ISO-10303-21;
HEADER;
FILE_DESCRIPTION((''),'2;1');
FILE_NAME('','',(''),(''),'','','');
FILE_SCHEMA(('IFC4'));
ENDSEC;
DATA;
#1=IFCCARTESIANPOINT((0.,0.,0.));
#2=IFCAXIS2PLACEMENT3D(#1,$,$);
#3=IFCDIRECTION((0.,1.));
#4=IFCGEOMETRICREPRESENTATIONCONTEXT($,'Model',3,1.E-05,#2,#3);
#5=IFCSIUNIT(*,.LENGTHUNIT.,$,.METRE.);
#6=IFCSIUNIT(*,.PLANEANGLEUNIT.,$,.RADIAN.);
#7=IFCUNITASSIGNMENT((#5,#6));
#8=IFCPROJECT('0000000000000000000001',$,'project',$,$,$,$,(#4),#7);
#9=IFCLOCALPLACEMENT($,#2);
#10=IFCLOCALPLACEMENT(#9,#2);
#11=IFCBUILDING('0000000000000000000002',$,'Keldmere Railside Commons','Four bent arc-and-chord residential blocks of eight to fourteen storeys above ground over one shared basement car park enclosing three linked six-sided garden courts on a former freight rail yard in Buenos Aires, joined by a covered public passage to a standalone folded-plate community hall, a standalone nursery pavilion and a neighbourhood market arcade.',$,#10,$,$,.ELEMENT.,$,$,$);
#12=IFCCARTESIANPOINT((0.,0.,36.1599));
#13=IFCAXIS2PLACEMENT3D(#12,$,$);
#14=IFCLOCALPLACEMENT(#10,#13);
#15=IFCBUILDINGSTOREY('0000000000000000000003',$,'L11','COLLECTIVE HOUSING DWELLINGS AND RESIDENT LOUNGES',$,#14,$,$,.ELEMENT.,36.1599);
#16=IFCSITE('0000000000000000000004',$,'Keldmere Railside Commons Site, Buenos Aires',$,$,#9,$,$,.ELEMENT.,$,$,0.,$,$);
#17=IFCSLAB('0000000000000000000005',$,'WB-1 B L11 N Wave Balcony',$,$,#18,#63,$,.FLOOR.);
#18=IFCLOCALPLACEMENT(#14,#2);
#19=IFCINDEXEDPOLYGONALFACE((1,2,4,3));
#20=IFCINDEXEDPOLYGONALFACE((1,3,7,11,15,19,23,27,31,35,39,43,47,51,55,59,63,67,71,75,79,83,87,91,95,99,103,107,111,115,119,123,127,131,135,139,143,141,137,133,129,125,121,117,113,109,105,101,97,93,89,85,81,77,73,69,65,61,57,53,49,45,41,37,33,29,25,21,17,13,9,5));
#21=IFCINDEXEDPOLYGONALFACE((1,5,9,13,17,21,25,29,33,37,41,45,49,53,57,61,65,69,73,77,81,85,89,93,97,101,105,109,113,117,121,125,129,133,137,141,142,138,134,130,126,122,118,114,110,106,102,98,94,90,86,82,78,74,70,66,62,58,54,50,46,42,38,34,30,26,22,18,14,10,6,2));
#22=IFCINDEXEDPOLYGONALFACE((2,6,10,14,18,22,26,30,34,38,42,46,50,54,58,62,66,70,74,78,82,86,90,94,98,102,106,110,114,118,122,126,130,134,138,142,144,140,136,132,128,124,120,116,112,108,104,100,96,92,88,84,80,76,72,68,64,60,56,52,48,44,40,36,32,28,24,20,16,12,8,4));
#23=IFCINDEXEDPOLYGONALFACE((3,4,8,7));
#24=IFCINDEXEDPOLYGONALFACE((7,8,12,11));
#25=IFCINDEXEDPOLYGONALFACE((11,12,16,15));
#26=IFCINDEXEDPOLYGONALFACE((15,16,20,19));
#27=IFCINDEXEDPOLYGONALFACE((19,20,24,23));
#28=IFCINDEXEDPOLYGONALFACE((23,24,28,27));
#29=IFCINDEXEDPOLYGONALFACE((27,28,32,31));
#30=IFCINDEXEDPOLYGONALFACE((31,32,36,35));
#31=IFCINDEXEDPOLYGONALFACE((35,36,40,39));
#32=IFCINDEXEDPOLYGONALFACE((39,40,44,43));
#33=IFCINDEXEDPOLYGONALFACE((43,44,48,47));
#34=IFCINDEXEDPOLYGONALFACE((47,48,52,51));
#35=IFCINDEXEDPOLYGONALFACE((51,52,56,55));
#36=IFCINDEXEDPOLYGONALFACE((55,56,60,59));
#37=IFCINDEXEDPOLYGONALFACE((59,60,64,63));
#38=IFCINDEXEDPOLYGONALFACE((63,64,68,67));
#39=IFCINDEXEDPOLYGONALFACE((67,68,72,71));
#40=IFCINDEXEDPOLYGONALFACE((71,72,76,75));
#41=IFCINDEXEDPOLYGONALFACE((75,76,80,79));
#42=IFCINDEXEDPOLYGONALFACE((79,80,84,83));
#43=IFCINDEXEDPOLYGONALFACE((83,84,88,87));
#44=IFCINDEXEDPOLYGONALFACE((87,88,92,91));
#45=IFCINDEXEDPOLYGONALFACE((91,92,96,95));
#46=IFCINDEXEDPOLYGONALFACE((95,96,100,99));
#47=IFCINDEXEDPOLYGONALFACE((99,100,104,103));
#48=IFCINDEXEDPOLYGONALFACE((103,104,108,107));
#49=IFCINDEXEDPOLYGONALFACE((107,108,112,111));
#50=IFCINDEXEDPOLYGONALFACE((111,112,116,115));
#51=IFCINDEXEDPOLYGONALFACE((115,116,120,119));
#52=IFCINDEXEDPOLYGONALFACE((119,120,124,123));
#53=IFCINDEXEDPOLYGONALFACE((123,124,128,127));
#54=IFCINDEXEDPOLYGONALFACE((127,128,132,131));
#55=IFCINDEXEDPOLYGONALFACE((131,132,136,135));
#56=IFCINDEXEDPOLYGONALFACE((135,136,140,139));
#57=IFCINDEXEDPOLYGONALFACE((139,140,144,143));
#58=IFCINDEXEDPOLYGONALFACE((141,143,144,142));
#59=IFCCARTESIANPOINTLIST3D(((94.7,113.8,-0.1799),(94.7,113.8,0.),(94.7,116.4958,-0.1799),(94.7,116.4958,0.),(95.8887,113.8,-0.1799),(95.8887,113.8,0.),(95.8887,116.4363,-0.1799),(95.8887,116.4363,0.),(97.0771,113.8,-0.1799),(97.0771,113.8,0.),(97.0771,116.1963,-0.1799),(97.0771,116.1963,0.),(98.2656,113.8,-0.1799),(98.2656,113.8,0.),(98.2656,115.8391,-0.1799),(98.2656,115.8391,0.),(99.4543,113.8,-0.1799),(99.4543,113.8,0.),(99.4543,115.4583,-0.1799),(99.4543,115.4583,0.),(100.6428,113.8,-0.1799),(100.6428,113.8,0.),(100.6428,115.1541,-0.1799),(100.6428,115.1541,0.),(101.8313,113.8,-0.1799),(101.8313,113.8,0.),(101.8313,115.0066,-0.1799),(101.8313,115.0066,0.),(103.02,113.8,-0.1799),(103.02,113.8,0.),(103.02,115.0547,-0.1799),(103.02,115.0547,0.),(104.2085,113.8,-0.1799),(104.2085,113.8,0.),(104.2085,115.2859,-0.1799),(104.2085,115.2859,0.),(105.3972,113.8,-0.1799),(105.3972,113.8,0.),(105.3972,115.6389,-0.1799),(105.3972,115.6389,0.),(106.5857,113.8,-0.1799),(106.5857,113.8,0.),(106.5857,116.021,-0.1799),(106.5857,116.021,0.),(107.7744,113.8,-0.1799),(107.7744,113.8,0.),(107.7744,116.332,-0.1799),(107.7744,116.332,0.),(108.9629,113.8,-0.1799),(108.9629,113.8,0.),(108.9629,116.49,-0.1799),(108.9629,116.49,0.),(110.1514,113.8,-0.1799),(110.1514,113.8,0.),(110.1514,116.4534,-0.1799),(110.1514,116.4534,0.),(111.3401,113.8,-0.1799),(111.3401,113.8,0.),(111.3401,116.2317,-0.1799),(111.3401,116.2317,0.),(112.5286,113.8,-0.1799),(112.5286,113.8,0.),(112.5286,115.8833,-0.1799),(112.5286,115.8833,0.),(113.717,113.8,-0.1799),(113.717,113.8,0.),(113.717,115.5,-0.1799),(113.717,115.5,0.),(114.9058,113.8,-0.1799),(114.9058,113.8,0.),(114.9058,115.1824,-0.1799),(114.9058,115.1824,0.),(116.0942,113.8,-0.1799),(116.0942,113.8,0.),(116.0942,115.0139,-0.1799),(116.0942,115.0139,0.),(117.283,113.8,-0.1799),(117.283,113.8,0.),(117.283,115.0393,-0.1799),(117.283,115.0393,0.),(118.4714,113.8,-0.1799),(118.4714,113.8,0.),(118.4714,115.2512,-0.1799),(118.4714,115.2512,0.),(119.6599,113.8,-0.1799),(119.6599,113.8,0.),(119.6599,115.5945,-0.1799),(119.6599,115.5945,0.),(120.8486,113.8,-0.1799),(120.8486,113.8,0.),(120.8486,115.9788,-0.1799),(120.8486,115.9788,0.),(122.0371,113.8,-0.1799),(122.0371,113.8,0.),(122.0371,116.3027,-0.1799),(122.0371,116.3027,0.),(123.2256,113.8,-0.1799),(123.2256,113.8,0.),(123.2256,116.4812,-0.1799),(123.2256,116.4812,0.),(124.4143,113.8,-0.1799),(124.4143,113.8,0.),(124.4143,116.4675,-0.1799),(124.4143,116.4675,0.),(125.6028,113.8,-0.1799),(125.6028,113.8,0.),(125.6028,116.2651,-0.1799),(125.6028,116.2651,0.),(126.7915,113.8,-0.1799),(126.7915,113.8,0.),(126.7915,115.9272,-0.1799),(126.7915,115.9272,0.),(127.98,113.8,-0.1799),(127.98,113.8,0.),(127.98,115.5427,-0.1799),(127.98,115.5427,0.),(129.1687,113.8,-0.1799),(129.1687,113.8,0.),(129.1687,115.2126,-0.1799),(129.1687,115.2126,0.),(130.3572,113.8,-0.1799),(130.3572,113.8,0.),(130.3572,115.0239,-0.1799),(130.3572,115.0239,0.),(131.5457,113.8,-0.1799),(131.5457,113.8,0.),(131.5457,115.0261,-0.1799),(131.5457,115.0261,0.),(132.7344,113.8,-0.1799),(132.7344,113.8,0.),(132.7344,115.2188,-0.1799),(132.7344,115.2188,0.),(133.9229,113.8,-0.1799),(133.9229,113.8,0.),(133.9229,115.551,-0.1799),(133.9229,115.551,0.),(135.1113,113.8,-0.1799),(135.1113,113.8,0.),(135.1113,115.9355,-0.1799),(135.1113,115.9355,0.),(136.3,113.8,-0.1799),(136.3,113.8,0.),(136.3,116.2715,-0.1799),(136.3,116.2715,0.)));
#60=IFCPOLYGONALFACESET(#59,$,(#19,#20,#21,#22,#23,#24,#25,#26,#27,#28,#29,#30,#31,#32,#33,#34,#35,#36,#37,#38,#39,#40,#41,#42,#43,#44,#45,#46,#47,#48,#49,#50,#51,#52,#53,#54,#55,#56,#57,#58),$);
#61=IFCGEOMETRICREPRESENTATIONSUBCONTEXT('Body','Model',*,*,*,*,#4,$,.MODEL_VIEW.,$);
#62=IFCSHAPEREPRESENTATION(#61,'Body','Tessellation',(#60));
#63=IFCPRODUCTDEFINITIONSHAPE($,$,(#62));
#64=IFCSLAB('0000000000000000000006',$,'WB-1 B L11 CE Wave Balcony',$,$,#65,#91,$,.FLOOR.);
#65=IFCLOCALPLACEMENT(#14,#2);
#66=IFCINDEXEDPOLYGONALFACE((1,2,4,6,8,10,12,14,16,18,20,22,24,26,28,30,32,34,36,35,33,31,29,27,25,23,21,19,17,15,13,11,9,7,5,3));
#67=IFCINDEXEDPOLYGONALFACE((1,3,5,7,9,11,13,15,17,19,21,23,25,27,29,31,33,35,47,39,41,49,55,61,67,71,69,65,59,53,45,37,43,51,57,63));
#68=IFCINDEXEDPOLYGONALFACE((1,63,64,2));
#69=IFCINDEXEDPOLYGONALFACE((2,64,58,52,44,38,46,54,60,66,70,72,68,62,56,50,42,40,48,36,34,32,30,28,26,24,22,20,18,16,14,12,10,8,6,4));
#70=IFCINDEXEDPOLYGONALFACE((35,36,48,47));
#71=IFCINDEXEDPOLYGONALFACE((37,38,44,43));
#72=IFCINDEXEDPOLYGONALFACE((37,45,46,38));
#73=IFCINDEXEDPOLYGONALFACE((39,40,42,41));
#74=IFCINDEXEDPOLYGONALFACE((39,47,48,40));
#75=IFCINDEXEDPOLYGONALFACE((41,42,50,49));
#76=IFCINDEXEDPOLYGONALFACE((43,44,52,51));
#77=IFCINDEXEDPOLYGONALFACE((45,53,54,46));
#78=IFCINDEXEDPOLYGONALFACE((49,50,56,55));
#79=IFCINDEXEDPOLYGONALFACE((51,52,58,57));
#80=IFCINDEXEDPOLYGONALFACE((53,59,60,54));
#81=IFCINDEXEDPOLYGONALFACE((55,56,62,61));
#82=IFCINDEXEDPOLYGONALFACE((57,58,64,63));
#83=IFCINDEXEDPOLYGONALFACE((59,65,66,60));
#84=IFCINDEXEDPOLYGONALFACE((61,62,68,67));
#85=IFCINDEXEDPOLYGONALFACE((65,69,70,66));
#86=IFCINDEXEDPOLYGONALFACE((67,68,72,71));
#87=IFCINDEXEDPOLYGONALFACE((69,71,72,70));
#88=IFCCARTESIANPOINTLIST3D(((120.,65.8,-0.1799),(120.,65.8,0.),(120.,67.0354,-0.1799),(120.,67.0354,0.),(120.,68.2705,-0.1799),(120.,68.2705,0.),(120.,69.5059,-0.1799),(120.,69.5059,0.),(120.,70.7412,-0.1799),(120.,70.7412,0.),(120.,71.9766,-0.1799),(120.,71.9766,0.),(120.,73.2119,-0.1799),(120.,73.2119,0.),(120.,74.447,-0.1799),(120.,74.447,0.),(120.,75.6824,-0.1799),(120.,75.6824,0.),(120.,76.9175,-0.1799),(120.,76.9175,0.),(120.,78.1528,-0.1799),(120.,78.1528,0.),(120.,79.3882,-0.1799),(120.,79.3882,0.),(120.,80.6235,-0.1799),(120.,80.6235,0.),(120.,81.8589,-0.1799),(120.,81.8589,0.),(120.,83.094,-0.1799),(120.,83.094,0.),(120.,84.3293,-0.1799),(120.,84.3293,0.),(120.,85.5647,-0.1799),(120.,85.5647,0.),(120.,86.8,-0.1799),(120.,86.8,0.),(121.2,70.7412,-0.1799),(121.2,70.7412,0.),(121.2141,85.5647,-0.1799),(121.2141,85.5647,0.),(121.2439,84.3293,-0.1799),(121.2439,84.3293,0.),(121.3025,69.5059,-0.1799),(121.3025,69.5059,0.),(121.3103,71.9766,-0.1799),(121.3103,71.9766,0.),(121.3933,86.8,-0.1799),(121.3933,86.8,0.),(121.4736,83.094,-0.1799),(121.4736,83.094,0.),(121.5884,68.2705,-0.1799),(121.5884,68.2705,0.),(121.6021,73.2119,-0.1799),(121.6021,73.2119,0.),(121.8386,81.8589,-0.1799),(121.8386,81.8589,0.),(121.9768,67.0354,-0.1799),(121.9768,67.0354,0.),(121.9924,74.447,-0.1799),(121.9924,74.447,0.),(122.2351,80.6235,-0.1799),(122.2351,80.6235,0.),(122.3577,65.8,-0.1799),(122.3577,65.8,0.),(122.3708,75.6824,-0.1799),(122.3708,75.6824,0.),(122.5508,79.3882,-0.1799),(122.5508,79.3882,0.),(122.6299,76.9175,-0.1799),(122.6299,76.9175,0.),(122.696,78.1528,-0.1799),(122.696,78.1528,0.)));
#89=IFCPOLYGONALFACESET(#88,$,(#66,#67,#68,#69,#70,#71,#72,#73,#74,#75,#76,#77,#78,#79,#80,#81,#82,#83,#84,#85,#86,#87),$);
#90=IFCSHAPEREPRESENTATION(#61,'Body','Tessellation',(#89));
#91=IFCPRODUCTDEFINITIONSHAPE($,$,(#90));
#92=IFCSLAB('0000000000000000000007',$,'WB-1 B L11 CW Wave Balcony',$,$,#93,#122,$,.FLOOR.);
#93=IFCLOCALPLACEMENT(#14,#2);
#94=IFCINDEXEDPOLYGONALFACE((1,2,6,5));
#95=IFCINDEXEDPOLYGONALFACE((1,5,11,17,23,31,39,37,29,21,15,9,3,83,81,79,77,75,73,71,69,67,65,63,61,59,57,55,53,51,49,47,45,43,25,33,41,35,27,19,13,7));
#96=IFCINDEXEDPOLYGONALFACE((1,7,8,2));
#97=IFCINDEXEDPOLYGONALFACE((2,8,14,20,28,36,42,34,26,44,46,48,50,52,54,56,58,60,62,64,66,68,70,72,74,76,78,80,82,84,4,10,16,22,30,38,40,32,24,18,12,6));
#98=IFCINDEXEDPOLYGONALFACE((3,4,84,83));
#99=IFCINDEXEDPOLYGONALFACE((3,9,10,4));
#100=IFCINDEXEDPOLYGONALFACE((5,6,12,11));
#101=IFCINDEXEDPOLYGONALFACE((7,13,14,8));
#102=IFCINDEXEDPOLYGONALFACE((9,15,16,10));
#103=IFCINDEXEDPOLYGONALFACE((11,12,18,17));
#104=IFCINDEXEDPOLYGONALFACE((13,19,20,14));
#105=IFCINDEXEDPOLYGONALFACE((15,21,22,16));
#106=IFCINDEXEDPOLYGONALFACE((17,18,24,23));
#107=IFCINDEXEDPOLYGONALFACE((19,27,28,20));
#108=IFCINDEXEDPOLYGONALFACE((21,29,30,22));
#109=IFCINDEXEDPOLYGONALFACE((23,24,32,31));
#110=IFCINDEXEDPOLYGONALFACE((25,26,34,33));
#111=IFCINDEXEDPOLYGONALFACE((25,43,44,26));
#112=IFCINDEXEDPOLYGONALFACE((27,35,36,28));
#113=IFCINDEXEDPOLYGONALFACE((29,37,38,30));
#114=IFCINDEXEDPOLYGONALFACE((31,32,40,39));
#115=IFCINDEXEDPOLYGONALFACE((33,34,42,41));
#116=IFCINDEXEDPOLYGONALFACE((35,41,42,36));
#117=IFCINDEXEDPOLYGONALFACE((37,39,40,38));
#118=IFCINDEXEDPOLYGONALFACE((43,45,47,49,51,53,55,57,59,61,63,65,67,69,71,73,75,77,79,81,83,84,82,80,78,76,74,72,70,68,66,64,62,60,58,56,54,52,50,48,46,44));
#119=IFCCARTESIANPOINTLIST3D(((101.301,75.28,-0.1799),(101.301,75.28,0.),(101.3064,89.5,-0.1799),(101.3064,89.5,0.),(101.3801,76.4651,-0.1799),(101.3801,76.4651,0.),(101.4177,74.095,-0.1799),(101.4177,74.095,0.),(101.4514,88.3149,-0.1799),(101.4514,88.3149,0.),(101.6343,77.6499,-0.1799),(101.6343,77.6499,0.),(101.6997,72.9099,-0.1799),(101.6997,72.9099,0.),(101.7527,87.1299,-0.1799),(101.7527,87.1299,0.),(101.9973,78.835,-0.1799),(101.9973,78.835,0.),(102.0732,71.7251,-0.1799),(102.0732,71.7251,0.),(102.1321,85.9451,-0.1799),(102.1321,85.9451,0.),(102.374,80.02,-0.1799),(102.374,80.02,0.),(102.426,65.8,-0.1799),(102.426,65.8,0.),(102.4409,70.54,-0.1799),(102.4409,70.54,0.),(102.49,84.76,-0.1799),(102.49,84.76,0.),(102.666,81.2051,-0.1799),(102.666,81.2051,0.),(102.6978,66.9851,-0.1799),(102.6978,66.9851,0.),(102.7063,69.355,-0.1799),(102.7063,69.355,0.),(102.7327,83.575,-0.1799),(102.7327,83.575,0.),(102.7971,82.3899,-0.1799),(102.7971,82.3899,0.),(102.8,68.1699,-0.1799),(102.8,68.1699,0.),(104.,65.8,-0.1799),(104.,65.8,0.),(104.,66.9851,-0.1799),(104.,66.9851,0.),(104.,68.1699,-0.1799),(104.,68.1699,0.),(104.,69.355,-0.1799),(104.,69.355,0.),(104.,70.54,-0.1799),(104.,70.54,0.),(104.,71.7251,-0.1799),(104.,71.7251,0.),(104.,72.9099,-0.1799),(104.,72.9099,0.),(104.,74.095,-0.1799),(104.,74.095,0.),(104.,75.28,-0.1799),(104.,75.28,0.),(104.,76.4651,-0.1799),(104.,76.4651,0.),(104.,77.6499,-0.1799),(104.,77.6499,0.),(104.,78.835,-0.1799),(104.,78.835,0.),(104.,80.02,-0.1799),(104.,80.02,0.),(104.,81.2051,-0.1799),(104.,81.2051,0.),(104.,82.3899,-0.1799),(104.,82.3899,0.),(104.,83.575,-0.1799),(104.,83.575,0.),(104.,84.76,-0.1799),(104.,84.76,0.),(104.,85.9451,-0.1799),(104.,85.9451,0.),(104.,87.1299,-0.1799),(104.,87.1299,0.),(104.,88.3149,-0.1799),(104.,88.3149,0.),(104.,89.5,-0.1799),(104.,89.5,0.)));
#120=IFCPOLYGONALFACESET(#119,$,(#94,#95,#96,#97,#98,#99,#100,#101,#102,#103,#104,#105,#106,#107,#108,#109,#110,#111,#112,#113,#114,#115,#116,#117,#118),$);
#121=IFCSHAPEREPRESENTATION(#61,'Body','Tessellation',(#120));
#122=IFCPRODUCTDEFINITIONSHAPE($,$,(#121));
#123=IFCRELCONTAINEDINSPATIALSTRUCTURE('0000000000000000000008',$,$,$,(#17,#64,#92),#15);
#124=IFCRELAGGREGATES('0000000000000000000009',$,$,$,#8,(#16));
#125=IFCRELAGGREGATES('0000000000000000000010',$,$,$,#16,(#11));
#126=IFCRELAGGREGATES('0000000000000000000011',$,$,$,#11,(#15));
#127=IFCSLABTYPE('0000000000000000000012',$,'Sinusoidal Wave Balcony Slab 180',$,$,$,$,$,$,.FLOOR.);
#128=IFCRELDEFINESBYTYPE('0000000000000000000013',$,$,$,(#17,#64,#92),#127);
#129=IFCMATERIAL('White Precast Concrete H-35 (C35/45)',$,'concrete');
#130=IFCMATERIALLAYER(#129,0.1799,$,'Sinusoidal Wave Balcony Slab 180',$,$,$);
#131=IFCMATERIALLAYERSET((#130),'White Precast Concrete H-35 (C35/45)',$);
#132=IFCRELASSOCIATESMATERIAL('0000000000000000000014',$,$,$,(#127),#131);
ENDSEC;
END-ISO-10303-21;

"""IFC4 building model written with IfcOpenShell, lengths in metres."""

from ifc_helpers import new_model, si_unit, direction, frame, origin, place, context, subcontext, project, spatial, polyline, outline, extrude, material, layer, layer_set, type_object, element, save


model = new_model("IFC4")

# Units and contexts
model_context = context("Model", 3, precision=1e-05, world=origin(), true_north=direction((0.0, 1.0)))
body_context = subcontext(model_context, "Body", "Model", "MODEL_VIEW")
ifc_project = project(units=[si_unit("LENGTHUNIT", "METRE"), si_unit("PLANEANGLEUNIT", "RADIAN")], contexts=[model_context])

# Site, building, storey
site_placement = place(None, origin())
site = spatial("IfcSite", under=ifc_project, at=site_placement, Name="Keldmere Railside Commons Site, Buenos Aires", CompositionType="ELEMENT", RefElevation=0.0)
building_placement = place(site_placement, origin())
building = spatial("IfcBuilding", under=site, at=building_placement, Name="Keldmere Railside Commons", Description="Four bent arc-and-chord residential blocks of eight to fourteen storeys above ground over one shared basement car park enclosing three linked six-sided garden courts on a former freight rail yard in Buenos Aires, joined by a covered public passage to a standalone folded-plate community hall, a standalone nursery pavilion and a neighbourhood market arcade.", CompositionType="ELEMENT")
storey_placement = place(building_placement, frame((0.0, 0.0, 36.1599)))
storey = spatial("IfcBuildingStorey", under=building, at=storey_placement, Name="L11", Description="COLLECTIVE HOUSING DWELLINGS AND RESIDENT LOUNGES", CompositionType="ELEMENT", Elevation=36.1599)

# Slabs
ifc_material_1 = material(Name="White Precast Concrete H-35 (C35/45)", Category="concrete")
ifc_layer_1 = layer(ifc_material_1, 0.1799, Name="Sinusoidal Wave Balcony Slab 180")
ifc_layer_set_1 = layer_set([ifc_layer_1], Name="White Precast Concrete H-35 (C35/45)")
slab_type_1 = type_object("IfcSlabType", Name="Sinusoidal Wave Balcony Slab 180", PredefinedType="FLOOR", material=ifc_layer_set_1)
slab_1_placement = place(storey_placement, frame((0.0, 0.0, -0.1799)))
element("IfcSlab", 1, at=slab_1_placement, inside=storey, type_object=slab_type_1, Name="WB-1 B L11 N Wave Balcony", PredefinedType="FLOOR", context=body_context, shape_type="SweptSolid", body=[
    extrude(outline(polyline([(94.7, 113.8), (95.8887, 113.8), (97.0771, 113.8), (98.2656, 113.8), (99.4543, 113.8), (100.6428, 113.8), (101.8313, 113.8), (103.02, 113.8), (104.2085, 113.8), (105.3972, 113.8), (106.5857, 113.8), (107.7744, 113.8), (108.9629, 113.8), (110.1514, 113.8), (111.3401, 113.8), (112.5286, 113.8), (113.717, 113.8), (114.9058, 113.8), (116.0942, 113.8), (117.283, 113.8), (118.4714, 113.8), (119.6599, 113.8), (120.8486, 113.8), (122.0371, 113.8), (123.2256, 113.8), (124.4143, 113.8), (125.6028, 113.8), (126.7915, 113.8), (127.98, 113.8), (129.1687, 113.8), (130.3572, 113.8), (131.5457, 113.8), (132.7344, 113.8), (133.9229, 113.8), (135.1113, 113.8), (136.3, 113.8), (136.3, 116.2715), (135.1113, 115.9355), (133.9229, 115.551), (132.7344, 115.2188), (131.5457, 115.0261), (130.3572, 115.0239), (129.1687, 115.2126), (127.98, 115.5427), (126.7915, 115.9272), (125.6028, 116.2651), (124.4143, 116.4675), (123.2256, 116.4812), (122.0371, 116.3027), (120.8486, 115.9788), (119.6599, 115.5945), (118.4714, 115.2512), (117.283, 115.0393), (116.0942, 115.0139), (114.9058, 115.1824), (113.717, 115.5), (112.5286, 115.8833), (111.3401, 116.2317), (110.1514, 116.4534), (108.9629, 116.49), (107.7744, 116.332), (106.5857, 116.021), (105.3972, 115.6389), (104.2085, 115.2859), (103.02, 115.0547), (101.8313, 115.0066), (100.6428, 115.1541), (99.4543, 115.4583), (98.2656, 115.8391), (97.0771, 116.1963), (95.8887, 116.4363), (94.7, 116.4958), (94.7, 113.8)])), origin(), (0.0, 0.0, 1.0), 0.1799),
])
slab_2_placement = place(storey_placement, frame((0.0, 0.0, -0.1799)))
element("IfcSlab", 2, at=slab_2_placement, inside=storey, type_object=slab_type_1, Name="WB-1 B L11 CE Wave Balcony", PredefinedType="FLOOR", context=body_context, shape_type="SweptSolid", body=[
    extrude(outline(polyline([(122.3577, 65.8), (121.9768, 67.0354), (121.5884, 68.2705), (121.3025, 69.5059), (121.2, 70.7412), (121.3103, 71.9766), (121.6021, 73.2119), (121.9924, 74.447), (122.3708, 75.6824), (122.6299, 76.9175), (122.696, 78.1528), (122.5508, 79.3882), (122.2351, 80.6235), (121.8386, 81.8589), (121.4736, 83.094), (121.2439, 84.3293), (121.2141, 85.5647), (121.3933, 86.8), (120.0, 86.8), (120.0, 85.5647), (120.0, 84.3293), (120.0, 83.094), (120.0, 81.8589), (120.0, 80.6235), (120.0, 79.3882), (120.0, 78.1528), (120.0, 76.9175), (120.0, 75.6824), (120.0, 74.447), (120.0, 73.2119), (120.0, 71.9766), (120.0, 70.7412), (120.0, 69.5059), (120.0, 68.2705), (120.0, 67.0354), (120.0, 65.8), (122.3577, 65.8)])), origin(), (0.0, 0.0, 1.0), 0.1799),
])
slab_3_placement = place(storey_placement, frame((0.0, 0.0, -0.1799)))
element("IfcSlab", 3, at=slab_3_placement, inside=storey, type_object=slab_type_1, Name="WB-1 B L11 CW Wave Balcony", PredefinedType="FLOOR", context=body_context, shape_type="SweptSolid", body=[
    extrude(outline(polyline([(104.0, 65.8), (104.0, 66.9851), (104.0, 68.1699), (104.0, 69.355), (104.0, 70.54), (104.0, 71.7251), (104.0, 72.9099), (104.0, 74.095), (104.0, 75.28), (104.0, 76.4651), (104.0, 77.6499), (104.0, 78.835), (104.0, 80.02), (104.0, 81.2051), (104.0, 82.3899), (104.0, 83.575), (104.0, 84.76), (104.0, 85.9451), (104.0, 87.1299), (104.0, 88.3149), (104.0, 89.5), (101.3064, 89.5), (101.4514, 88.3149), (101.7527, 87.1299), (102.1321, 85.9451), (102.49, 84.76), (102.7327, 83.575), (102.7971, 82.3899), (102.666, 81.2051), (102.374, 80.02), (101.9973, 78.835), (101.6343, 77.6499), (101.3801, 76.4651), (101.301, 75.28), (101.4177, 74.095), (101.6997, 72.9099), (102.0732, 71.7251), (102.4409, 70.54), (102.7063, 69.355), (102.8, 68.1699), (102.6978, 66.9851), (102.426, 65.8), (104.0, 65.8)])), origin(), (0.0, 0.0, 1.0), 0.1799),
])

save(model, "model.ifc")
